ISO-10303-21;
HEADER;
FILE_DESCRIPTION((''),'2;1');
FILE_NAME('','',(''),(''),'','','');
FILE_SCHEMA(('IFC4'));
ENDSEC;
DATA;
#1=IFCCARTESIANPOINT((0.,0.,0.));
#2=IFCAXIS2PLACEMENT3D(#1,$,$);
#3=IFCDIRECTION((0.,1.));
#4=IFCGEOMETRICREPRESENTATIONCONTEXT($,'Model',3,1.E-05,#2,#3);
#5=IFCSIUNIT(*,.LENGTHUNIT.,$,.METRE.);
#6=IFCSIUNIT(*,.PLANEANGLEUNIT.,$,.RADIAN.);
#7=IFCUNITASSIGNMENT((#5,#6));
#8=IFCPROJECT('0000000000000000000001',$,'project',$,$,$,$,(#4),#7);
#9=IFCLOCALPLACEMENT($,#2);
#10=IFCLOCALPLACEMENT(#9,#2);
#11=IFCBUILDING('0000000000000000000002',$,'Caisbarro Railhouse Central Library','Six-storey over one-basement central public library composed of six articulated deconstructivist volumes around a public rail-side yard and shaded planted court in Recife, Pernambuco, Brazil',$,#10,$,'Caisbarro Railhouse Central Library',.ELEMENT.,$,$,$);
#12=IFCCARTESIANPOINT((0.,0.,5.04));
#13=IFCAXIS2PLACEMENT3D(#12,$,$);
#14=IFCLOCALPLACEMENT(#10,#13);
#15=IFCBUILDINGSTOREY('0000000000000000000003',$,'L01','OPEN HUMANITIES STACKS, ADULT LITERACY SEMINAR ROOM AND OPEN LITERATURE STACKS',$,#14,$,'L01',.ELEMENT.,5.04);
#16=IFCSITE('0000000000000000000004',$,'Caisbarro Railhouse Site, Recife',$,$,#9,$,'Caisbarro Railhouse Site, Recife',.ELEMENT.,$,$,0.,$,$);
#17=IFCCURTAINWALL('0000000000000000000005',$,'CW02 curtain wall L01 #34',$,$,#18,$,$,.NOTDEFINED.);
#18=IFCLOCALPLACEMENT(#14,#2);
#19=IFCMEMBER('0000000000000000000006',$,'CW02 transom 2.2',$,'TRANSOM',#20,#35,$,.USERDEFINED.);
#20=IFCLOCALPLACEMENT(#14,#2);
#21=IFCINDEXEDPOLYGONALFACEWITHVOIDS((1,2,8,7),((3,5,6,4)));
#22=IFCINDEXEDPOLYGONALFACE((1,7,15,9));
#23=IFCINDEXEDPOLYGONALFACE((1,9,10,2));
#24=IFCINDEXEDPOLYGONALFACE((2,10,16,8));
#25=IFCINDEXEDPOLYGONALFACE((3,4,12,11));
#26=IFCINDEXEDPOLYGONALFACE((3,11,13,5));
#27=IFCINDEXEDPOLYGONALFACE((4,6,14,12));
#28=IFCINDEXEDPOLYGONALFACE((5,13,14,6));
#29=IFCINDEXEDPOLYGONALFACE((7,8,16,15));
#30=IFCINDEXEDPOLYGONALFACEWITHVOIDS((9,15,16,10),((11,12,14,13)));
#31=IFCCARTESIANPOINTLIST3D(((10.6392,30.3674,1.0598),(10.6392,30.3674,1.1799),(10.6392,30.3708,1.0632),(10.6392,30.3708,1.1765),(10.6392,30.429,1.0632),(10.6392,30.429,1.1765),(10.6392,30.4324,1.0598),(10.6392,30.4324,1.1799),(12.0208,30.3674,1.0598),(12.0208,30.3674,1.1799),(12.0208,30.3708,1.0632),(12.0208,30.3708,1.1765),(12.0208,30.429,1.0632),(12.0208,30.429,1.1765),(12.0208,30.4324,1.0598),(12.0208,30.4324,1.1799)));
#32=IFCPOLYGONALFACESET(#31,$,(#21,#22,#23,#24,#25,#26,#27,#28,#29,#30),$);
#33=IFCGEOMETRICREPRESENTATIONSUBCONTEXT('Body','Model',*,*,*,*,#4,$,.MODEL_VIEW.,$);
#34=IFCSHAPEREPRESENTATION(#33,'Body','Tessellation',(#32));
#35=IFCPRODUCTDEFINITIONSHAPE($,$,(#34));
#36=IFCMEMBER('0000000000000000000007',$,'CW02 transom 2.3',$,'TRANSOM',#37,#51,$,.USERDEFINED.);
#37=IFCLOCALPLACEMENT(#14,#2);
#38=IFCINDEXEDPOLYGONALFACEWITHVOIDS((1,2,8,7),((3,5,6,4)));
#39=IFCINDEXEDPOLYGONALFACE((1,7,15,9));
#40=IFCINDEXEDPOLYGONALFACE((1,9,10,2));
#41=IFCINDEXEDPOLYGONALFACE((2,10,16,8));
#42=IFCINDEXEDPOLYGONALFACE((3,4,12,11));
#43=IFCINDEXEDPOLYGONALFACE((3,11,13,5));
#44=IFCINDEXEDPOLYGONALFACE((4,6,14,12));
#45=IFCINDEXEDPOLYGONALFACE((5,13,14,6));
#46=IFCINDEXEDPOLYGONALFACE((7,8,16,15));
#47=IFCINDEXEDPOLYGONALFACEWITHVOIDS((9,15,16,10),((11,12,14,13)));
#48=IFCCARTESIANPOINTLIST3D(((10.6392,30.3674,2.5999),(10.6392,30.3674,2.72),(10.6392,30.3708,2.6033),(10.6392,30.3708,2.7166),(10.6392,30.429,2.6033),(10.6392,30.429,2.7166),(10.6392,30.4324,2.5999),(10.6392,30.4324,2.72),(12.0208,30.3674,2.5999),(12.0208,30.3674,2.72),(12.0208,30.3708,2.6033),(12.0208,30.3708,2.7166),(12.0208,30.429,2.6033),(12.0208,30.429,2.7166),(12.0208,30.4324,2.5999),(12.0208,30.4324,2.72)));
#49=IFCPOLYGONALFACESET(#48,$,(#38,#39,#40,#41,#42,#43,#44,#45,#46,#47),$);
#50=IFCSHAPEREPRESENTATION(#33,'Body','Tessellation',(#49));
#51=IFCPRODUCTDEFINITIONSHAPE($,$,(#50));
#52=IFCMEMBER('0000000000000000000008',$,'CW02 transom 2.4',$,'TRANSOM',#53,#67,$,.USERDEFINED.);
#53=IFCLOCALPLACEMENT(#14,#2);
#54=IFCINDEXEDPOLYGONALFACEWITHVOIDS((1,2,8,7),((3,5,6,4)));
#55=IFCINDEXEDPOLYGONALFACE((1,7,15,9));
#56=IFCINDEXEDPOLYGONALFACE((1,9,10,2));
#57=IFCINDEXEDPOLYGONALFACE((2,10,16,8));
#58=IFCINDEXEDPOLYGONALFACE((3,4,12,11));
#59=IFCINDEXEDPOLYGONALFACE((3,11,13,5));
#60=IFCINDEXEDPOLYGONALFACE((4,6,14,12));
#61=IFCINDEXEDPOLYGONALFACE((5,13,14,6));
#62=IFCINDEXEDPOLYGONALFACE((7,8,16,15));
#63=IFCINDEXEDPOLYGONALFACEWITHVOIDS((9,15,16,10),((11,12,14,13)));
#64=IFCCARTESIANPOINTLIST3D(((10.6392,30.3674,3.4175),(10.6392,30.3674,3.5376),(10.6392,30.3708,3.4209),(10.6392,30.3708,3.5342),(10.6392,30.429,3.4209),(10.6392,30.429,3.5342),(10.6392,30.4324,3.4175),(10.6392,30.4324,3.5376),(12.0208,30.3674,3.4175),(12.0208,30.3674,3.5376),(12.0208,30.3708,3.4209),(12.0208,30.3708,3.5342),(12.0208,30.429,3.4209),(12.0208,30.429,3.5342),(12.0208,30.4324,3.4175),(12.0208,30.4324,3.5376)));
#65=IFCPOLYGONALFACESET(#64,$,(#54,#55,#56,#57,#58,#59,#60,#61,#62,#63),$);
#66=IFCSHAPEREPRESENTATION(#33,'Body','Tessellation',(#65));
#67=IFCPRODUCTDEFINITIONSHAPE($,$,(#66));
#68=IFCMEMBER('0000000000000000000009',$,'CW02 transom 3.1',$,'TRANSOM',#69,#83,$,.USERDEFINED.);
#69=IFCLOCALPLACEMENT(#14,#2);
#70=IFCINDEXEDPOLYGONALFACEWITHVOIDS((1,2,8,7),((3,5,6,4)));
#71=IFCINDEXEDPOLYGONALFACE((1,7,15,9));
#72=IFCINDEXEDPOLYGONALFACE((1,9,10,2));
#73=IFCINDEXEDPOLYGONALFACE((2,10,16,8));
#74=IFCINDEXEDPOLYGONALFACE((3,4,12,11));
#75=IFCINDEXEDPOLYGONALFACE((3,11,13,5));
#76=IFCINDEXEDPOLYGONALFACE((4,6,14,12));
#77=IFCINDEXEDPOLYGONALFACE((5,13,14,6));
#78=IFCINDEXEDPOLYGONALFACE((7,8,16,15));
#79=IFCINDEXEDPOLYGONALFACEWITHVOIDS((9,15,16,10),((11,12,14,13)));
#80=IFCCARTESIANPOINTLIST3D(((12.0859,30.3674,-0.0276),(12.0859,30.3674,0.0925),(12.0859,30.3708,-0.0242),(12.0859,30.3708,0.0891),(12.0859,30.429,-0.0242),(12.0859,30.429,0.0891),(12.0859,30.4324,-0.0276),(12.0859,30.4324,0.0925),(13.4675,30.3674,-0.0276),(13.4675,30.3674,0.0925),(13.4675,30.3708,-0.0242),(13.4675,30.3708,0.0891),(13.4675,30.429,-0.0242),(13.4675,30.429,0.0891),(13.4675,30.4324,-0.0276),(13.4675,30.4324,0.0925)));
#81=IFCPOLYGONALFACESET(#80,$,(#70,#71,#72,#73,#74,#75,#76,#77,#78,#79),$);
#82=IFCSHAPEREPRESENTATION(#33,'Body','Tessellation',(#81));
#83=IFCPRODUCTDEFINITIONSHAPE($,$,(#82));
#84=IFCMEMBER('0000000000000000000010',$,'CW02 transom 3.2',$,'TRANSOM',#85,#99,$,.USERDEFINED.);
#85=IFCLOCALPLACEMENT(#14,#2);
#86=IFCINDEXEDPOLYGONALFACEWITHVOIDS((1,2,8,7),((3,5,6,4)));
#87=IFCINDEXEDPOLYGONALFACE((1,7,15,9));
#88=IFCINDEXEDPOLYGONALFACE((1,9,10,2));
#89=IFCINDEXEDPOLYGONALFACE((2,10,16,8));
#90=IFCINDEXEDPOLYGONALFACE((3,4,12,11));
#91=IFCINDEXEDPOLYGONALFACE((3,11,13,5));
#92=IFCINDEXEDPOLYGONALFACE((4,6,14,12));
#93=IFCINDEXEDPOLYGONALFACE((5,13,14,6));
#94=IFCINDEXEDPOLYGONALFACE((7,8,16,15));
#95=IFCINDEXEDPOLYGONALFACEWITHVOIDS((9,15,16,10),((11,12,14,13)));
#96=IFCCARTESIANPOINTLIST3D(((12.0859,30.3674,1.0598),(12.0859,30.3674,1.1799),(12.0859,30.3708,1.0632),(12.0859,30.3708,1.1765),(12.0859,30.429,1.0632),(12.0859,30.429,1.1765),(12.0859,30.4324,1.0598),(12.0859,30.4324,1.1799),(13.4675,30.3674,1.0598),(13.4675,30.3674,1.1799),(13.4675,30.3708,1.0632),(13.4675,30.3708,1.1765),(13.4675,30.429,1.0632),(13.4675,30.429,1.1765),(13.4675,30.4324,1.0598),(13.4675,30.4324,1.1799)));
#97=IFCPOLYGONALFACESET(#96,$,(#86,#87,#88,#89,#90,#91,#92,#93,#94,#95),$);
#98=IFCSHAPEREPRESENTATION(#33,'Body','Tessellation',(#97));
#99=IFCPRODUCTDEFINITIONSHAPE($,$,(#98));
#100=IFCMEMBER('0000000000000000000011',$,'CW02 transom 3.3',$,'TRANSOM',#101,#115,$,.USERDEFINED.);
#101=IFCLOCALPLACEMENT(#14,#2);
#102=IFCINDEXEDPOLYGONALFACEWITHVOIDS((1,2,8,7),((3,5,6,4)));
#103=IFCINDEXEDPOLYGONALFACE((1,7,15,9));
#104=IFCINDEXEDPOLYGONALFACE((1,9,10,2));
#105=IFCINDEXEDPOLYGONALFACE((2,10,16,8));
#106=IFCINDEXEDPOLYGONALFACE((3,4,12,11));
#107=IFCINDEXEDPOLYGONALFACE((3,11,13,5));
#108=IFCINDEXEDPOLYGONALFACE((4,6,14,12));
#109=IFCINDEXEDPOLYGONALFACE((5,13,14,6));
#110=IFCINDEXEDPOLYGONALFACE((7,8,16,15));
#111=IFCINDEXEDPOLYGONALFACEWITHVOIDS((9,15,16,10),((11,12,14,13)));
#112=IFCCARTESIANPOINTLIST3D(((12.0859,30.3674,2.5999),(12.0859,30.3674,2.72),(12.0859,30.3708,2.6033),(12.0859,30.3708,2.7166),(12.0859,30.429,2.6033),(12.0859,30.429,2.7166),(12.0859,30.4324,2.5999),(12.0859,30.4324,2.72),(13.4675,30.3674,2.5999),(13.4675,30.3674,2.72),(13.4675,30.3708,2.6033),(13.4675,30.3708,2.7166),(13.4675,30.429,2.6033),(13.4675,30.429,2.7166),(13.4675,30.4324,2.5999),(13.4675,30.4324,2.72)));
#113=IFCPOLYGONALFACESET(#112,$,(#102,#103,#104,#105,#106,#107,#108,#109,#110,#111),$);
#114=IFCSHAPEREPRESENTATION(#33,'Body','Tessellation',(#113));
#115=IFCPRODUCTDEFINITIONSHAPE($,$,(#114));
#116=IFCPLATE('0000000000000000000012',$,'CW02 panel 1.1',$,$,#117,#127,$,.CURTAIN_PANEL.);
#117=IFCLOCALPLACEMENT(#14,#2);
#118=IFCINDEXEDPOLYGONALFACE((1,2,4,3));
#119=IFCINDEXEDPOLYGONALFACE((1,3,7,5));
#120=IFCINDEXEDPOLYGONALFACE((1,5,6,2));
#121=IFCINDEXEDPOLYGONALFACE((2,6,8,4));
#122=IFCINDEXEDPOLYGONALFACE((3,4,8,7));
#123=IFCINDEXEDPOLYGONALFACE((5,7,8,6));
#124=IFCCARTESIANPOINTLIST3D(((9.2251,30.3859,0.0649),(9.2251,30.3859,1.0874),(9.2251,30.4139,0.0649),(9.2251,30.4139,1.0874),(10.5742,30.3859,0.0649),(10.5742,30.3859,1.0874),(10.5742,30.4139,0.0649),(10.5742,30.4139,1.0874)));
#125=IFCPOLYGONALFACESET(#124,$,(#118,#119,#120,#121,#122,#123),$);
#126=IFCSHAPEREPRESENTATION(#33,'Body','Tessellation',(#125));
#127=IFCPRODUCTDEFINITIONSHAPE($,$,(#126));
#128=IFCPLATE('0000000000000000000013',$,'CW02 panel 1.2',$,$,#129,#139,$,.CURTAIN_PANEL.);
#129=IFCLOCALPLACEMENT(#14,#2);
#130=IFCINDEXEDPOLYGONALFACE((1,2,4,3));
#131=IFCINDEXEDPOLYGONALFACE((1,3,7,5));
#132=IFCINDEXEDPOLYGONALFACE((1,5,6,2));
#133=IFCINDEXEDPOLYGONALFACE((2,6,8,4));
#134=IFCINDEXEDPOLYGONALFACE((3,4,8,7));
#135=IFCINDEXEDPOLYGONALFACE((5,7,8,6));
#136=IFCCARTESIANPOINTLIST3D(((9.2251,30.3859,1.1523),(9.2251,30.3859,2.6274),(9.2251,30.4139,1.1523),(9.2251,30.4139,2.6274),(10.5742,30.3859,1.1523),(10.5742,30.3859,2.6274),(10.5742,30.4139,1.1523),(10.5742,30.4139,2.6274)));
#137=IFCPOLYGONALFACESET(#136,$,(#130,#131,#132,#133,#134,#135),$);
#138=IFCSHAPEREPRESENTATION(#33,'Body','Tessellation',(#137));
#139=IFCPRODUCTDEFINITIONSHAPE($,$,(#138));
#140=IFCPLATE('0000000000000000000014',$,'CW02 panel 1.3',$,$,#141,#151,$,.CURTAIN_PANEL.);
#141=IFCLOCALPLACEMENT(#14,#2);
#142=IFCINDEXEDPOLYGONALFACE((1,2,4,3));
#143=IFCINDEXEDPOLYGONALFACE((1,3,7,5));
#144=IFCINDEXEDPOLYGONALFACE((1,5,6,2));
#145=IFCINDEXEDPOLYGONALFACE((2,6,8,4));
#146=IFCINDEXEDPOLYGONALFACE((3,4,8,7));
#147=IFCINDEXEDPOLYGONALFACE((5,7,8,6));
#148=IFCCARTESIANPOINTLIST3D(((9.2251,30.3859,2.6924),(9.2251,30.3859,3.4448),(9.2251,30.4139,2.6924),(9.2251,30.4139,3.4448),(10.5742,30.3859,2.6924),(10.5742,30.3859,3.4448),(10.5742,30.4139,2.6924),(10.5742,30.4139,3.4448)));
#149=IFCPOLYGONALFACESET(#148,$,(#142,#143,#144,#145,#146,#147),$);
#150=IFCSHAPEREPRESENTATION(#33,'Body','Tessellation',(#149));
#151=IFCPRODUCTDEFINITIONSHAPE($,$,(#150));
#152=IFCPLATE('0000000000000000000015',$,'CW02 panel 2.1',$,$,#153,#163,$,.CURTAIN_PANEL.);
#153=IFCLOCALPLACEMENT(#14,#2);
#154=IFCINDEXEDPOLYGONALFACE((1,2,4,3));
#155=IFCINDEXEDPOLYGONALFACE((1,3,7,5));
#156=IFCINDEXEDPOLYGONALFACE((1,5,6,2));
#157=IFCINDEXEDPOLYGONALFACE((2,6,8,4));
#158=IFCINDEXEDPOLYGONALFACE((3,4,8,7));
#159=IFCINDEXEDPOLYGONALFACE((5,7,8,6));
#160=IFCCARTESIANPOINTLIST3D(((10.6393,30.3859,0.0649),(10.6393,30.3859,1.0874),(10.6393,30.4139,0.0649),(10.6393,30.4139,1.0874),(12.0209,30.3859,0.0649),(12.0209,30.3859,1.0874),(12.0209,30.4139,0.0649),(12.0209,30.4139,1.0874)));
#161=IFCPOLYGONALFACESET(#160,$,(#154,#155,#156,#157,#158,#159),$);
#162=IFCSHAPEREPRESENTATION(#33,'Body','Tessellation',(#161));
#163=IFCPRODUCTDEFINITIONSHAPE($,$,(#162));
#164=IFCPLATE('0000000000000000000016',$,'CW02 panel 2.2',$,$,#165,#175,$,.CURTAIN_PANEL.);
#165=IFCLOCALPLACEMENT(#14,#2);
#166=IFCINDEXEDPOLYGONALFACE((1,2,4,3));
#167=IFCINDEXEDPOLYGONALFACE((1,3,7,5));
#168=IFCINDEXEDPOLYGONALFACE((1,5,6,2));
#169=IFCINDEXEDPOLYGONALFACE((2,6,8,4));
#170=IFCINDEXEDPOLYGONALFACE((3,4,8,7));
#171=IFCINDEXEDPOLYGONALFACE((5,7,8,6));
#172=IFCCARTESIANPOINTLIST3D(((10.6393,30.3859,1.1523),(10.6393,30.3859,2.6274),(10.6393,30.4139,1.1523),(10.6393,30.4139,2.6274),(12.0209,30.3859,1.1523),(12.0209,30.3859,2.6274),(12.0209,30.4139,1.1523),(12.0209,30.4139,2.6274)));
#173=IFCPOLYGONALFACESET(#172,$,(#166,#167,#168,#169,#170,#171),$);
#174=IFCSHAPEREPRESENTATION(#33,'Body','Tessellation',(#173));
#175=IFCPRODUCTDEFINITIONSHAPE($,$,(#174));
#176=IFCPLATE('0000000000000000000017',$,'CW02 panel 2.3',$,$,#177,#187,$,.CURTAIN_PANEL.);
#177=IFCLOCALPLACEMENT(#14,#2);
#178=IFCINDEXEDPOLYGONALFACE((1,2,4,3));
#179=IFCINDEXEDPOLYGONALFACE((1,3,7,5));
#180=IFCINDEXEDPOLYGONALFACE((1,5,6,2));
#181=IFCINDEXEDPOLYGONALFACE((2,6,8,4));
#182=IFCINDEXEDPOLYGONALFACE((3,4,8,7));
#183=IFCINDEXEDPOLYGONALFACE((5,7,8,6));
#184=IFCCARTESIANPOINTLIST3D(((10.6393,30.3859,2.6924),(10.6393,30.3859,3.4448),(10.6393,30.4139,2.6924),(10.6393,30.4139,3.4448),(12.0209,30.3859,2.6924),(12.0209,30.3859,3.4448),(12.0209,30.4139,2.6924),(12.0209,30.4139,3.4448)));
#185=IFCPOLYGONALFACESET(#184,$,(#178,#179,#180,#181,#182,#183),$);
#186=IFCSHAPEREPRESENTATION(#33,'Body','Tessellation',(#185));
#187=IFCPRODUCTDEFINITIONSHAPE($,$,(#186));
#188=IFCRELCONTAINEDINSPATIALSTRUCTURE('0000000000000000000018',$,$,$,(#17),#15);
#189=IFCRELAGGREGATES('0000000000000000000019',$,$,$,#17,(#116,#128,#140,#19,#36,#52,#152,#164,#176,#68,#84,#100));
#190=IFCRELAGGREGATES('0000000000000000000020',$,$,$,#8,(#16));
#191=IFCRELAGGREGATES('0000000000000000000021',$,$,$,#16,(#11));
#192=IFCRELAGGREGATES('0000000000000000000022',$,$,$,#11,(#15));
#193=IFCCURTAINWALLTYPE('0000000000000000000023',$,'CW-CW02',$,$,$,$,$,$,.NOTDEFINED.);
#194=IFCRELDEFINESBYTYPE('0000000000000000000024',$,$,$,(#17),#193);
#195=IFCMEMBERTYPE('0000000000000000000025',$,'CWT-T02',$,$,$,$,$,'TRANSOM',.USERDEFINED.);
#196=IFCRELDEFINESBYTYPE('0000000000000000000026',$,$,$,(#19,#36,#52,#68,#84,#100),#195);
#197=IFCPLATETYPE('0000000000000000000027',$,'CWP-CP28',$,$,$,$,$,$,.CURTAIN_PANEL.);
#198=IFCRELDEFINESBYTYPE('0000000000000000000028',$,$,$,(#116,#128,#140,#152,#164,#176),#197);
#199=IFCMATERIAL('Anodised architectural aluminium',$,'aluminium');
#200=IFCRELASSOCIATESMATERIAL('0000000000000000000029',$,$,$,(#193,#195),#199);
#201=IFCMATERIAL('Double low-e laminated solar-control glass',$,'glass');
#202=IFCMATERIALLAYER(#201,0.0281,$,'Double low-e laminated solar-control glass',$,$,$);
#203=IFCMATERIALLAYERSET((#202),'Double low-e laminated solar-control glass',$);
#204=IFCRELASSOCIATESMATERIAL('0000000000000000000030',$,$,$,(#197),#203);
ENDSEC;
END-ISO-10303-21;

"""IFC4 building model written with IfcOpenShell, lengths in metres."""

from ifc_helpers import new_model, si_unit, direction, frame, origin, origin_2d, place, context, subcontext, project, spatial, rectangle, hollow_rectangle, extrude, material, layer, layer_set, material_profile, profile_set, type_object, element, aggregate, save


model = new_model("IFC4")

# Units and contexts
model_context = context("Model", 3, precision=1e-05, world=origin(), true_north=direction((0.0, 1.0)))
body_context = subcontext(model_context, "Body", "Model", "MODEL_VIEW")
ifc_project = project(units=[si_unit("LENGTHUNIT", "METRE"), si_unit("PLANEANGLEUNIT", "RADIAN")], contexts=[model_context])

# Site, building, storey
site_placement = place(None, origin())
site = spatial("IfcSite", under=ifc_project, at=site_placement, Name="Caisbarro Railhouse Site, Recife", LongName="Caisbarro Railhouse Site, Recife", CompositionType="ELEMENT", RefElevation=0.0)
building_placement = place(site_placement, origin())
building = spatial("IfcBuilding", under=site, at=building_placement, Name="Caisbarro Railhouse Central Library", Description="Six-storey over one-basement central public library composed of six articulated deconstructivist volumes around a public rail-side yard and shaded planted court in Recife, Pernambuco, Brazil", LongName="Caisbarro Railhouse Central Library", CompositionType="ELEMENT")
storey_placement = place(building_placement, frame((0.0, 0.0, 5.04)))
storey = spatial("IfcBuildingStorey", under=building, at=storey_placement, Name="L01", Description="OPEN HUMANITIES STACKS, ADULT LITERACY SEMINAR ROOM AND OPEN LITERATURE STACKS", LongName="L01", CompositionType="ELEMENT", Elevation=5.04)

# Curtain wall, members, plates
ifc_material_1 = material(Name="Anodised architectural aluminium", Category="aluminium")
curtain_wall_type = type_object("IfcCurtainWallType", Name="CW-CW02", PredefinedType="NOTDEFINED", material=ifc_material_1)
curtain_wall_placement = place(storey_placement, origin())
curtain_wall = element("IfcCurtainWall", 1, at=curtain_wall_placement, inside=storey, type_object=curtain_wall_type, Name="CW02 curtain wall L01 #34", PredefinedType="NOTDEFINED")
ifc_material_profile_1 = material_profile(ifc_material_1, hollow_rectangle(XDim=0.0649, YDim=0.1201, WallThickness=0.0034, at=origin_2d()), Name="ALU-TRN-65X120")
ifc_profile_set_1 = profile_set([ifc_material_profile_1], Name="Anodised architectural aluminium")
member_type_1 = type_object("IfcMemberType", Name="CWT-T02", ElementType="TRANSOM", PredefinedType="USERDEFINED", material=ifc_profile_set_1)
member_1_placement = place(storey_placement, frame((10.6392, 30.3999, 1.1199), z_axis=(1.0, 0.0, 0.0), x_axis=(0.0, 1.0, 0.0)))
member_1 = element("IfcMember", 2, at=member_1_placement, type_object=member_type_1, Name="CW02 transom 2.2", ObjectType="TRANSOM", PredefinedType="USERDEFINED", context=body_context, shape_type="SweptSolid", body=[
    extrude(hollow_rectangle(XDim=0.0649, YDim=0.1201, WallThickness=0.0034, at=origin_2d()), origin(), (0.0, 0.0, 1.0), 1.3816),
])
member_2_placement = place(storey_placement, frame((10.6392, 30.3999, 2.6599), z_axis=(1.0, 0.0, 0.0), x_axis=(0.0, 1.0, 0.0)))
member_2 = element("IfcMember", 3, at=member_2_placement, type_object=member_type_1, Name="CW02 transom 2.3", ObjectType="TRANSOM", PredefinedType="USERDEFINED", context=body_context, shape_type="SweptSolid", body=[
    extrude(hollow_rectangle(XDim=0.0649, YDim=0.1201, WallThickness=0.0034, at=origin_2d()), origin(), (0.0, 0.0, 1.0), 1.3816),
])
member_3_placement = place(storey_placement, frame((10.6392, 30.3999, 3.4775), z_axis=(1.0, 0.0, 0.0), x_axis=(0.0, 1.0, 0.0)))
member_3 = element("IfcMember", 4, at=member_3_placement, type_object=member_type_1, Name="CW02 transom 2.4", ObjectType="TRANSOM", PredefinedType="USERDEFINED", context=body_context, shape_type="SweptSolid", body=[
    extrude(hollow_rectangle(XDim=0.0649, YDim=0.1201, WallThickness=0.0034, at=origin_2d()), origin(), (0.0, 0.0, 1.0), 1.3816),
])
member_4_placement = place(storey_placement, frame((12.0859, 30.3999, 0.0325), z_axis=(1.0, 0.0, 0.0), x_axis=(0.0, 1.0, 0.0)))
member_4 = element("IfcMember", 5, at=member_4_placement, type_object=member_type_1, Name="CW02 transom 3.1", ObjectType="TRANSOM", PredefinedType="USERDEFINED", context=body_context, shape_type="SweptSolid", body=[
    extrude(hollow_rectangle(XDim=0.0649, YDim=0.1201, WallThickness=0.0034, at=origin_2d()), origin(), (0.0, 0.0, 1.0), 1.3816),
])
member_5_placement = place(storey_placement, frame((12.0859, 30.3999, 1.1199), z_axis=(1.0, 0.0, 0.0), x_axis=(0.0, 1.0, 0.0)))
member_5 = element("IfcMember", 6, at=member_5_placement, type_object=member_type_1, Name="CW02 transom 3.2", ObjectType="TRANSOM", PredefinedType="USERDEFINED", context=body_context, shape_type="SweptSolid", body=[
    extrude(hollow_rectangle(XDim=0.0649, YDim=0.1201, WallThickness=0.0034, at=origin_2d()), origin(), (0.0, 0.0, 1.0), 1.3816),
])
member_6_placement = place(storey_placement, frame((12.0859, 30.3999, 2.6599), z_axis=(1.0, 0.0, 0.0), x_axis=(0.0, 1.0, 0.0)))
member_6 = element("IfcMember", 7, at=member_6_placement, type_object=member_type_1, Name="CW02 transom 3.3", ObjectType="TRANSOM", PredefinedType="USERDEFINED", context=body_context, shape_type="SweptSolid", body=[
    extrude(hollow_rectangle(XDim=0.0649, YDim=0.1201, WallThickness=0.0034, at=origin_2d()), origin(), (0.0, 0.0, 1.0), 1.3816),
])
ifc_material_2 = material(Name="Double low-e laminated solar-control glass", Category="glass")
ifc_layer_1 = layer(ifc_material_2, 0.0281, Name="Double low-e laminated solar-control glass")
ifc_layer_set_1 = layer_set([ifc_layer_1], Name="Double low-e laminated solar-control glass")
plate_type = type_object("IfcPlateType", Name="CWP-CP28", PredefinedType="CURTAIN_PANEL", material=ifc_layer_set_1)
plate_1_placement = place(storey_placement, frame((9.8997, 30.3999, 0.0649), z_axis=(0.0, 0.0, 1.0), x_axis=(1.0, 0.0, 0.0)))
plate_1 = element("IfcPlate", 8, at=plate_1_placement, type_object=plate_type, Name="CW02 panel 1.1", PredefinedType="CURTAIN_PANEL", context=body_context, shape_type="SweptSolid", body=[
    extrude(rectangle(XDim=1.3491, YDim=0.0281, at=origin_2d()), origin(), (0.0, 0.0, 1.0), 1.0225),
])
plate_2_placement = place(storey_placement, frame((9.8997, 30.3999, 1.1523), z_axis=(0.0, 0.0, 1.0), x_axis=(1.0, 0.0, 0.0)))
plate_2 = element("IfcPlate", 9, at=plate_2_placement, type_object=plate_type, Name="CW02 panel 1.2", PredefinedType="CURTAIN_PANEL", context=body_context, shape_type="SweptSolid", body=[
    extrude(rectangle(XDim=1.3491, YDim=0.0281, at=origin_2d()), origin(), (0.0, 0.0, 1.0), 1.4751),
])
plate_3_placement = place(storey_placement, frame((9.8997, 30.3999, 2.6924), z_axis=(0.0, 0.0, 1.0), x_axis=(1.0, 0.0, 0.0)))
plate_3 = element("IfcPlate", 10, at=plate_3_placement, type_object=plate_type, Name="CW02 panel 1.3", PredefinedType="CURTAIN_PANEL", context=body_context, shape_type="SweptSolid", body=[
    extrude(rectangle(XDim=1.3491, YDim=0.0281, at=origin_2d()), origin(), (0.0, 0.0, 1.0), 0.7524),
])
plate_4_placement = place(storey_placement, frame((11.3301, 30.3999, 0.0649), z_axis=(0.0, 0.0, 1.0), x_axis=(1.0, 0.0, 0.0)))
plate_4 = element("IfcPlate", 11, at=plate_4_placement, type_object=plate_type, Name="CW02 panel 2.1", PredefinedType="CURTAIN_PANEL", context=body_context, shape_type="SweptSolid", body=[
    extrude(rectangle(XDim=1.3816, YDim=0.0281, at=origin_2d()), origin(), (0.0, 0.0, 1.0), 1.0225),
])
plate_5_placement = place(storey_placement, frame((11.3301, 30.3999, 1.1523), z_axis=(0.0, 0.0, 1.0), x_axis=(1.0, 0.0, 0.0)))
plate_5 = element("IfcPlate", 12, at=plate_5_placement, type_object=plate_type, Name="CW02 panel 2.2", PredefinedType="CURTAIN_PANEL", context=body_context, shape_type="SweptSolid", body=[
    extrude(rectangle(XDim=1.3816, YDim=0.0281, at=origin_2d()), origin(), (0.0, 0.0, 1.0), 1.4751),
])
plate_6_placement = place(storey_placement, frame((11.3301, 30.3999, 2.6924), z_axis=(0.0, 0.0, 1.0), x_axis=(1.0, 0.0, 0.0)))
plate_6 = element("IfcPlate", 13, at=plate_6_placement, type_object=plate_type, Name="CW02 panel 2.3", PredefinedType="CURTAIN_PANEL", context=body_context, shape_type="SweptSolid", body=[
    extrude(rectangle(XDim=1.3816, YDim=0.0281, at=origin_2d()), origin(), (0.0, 0.0, 1.0), 0.7524),
])
aggregate(curtain_wall, [plate_1, plate_2, plate_3, member_1, member_2, member_3, plate_4, plate_5, plate_6, member_4, member_5, member_6])

save(model, "model.ifc")
